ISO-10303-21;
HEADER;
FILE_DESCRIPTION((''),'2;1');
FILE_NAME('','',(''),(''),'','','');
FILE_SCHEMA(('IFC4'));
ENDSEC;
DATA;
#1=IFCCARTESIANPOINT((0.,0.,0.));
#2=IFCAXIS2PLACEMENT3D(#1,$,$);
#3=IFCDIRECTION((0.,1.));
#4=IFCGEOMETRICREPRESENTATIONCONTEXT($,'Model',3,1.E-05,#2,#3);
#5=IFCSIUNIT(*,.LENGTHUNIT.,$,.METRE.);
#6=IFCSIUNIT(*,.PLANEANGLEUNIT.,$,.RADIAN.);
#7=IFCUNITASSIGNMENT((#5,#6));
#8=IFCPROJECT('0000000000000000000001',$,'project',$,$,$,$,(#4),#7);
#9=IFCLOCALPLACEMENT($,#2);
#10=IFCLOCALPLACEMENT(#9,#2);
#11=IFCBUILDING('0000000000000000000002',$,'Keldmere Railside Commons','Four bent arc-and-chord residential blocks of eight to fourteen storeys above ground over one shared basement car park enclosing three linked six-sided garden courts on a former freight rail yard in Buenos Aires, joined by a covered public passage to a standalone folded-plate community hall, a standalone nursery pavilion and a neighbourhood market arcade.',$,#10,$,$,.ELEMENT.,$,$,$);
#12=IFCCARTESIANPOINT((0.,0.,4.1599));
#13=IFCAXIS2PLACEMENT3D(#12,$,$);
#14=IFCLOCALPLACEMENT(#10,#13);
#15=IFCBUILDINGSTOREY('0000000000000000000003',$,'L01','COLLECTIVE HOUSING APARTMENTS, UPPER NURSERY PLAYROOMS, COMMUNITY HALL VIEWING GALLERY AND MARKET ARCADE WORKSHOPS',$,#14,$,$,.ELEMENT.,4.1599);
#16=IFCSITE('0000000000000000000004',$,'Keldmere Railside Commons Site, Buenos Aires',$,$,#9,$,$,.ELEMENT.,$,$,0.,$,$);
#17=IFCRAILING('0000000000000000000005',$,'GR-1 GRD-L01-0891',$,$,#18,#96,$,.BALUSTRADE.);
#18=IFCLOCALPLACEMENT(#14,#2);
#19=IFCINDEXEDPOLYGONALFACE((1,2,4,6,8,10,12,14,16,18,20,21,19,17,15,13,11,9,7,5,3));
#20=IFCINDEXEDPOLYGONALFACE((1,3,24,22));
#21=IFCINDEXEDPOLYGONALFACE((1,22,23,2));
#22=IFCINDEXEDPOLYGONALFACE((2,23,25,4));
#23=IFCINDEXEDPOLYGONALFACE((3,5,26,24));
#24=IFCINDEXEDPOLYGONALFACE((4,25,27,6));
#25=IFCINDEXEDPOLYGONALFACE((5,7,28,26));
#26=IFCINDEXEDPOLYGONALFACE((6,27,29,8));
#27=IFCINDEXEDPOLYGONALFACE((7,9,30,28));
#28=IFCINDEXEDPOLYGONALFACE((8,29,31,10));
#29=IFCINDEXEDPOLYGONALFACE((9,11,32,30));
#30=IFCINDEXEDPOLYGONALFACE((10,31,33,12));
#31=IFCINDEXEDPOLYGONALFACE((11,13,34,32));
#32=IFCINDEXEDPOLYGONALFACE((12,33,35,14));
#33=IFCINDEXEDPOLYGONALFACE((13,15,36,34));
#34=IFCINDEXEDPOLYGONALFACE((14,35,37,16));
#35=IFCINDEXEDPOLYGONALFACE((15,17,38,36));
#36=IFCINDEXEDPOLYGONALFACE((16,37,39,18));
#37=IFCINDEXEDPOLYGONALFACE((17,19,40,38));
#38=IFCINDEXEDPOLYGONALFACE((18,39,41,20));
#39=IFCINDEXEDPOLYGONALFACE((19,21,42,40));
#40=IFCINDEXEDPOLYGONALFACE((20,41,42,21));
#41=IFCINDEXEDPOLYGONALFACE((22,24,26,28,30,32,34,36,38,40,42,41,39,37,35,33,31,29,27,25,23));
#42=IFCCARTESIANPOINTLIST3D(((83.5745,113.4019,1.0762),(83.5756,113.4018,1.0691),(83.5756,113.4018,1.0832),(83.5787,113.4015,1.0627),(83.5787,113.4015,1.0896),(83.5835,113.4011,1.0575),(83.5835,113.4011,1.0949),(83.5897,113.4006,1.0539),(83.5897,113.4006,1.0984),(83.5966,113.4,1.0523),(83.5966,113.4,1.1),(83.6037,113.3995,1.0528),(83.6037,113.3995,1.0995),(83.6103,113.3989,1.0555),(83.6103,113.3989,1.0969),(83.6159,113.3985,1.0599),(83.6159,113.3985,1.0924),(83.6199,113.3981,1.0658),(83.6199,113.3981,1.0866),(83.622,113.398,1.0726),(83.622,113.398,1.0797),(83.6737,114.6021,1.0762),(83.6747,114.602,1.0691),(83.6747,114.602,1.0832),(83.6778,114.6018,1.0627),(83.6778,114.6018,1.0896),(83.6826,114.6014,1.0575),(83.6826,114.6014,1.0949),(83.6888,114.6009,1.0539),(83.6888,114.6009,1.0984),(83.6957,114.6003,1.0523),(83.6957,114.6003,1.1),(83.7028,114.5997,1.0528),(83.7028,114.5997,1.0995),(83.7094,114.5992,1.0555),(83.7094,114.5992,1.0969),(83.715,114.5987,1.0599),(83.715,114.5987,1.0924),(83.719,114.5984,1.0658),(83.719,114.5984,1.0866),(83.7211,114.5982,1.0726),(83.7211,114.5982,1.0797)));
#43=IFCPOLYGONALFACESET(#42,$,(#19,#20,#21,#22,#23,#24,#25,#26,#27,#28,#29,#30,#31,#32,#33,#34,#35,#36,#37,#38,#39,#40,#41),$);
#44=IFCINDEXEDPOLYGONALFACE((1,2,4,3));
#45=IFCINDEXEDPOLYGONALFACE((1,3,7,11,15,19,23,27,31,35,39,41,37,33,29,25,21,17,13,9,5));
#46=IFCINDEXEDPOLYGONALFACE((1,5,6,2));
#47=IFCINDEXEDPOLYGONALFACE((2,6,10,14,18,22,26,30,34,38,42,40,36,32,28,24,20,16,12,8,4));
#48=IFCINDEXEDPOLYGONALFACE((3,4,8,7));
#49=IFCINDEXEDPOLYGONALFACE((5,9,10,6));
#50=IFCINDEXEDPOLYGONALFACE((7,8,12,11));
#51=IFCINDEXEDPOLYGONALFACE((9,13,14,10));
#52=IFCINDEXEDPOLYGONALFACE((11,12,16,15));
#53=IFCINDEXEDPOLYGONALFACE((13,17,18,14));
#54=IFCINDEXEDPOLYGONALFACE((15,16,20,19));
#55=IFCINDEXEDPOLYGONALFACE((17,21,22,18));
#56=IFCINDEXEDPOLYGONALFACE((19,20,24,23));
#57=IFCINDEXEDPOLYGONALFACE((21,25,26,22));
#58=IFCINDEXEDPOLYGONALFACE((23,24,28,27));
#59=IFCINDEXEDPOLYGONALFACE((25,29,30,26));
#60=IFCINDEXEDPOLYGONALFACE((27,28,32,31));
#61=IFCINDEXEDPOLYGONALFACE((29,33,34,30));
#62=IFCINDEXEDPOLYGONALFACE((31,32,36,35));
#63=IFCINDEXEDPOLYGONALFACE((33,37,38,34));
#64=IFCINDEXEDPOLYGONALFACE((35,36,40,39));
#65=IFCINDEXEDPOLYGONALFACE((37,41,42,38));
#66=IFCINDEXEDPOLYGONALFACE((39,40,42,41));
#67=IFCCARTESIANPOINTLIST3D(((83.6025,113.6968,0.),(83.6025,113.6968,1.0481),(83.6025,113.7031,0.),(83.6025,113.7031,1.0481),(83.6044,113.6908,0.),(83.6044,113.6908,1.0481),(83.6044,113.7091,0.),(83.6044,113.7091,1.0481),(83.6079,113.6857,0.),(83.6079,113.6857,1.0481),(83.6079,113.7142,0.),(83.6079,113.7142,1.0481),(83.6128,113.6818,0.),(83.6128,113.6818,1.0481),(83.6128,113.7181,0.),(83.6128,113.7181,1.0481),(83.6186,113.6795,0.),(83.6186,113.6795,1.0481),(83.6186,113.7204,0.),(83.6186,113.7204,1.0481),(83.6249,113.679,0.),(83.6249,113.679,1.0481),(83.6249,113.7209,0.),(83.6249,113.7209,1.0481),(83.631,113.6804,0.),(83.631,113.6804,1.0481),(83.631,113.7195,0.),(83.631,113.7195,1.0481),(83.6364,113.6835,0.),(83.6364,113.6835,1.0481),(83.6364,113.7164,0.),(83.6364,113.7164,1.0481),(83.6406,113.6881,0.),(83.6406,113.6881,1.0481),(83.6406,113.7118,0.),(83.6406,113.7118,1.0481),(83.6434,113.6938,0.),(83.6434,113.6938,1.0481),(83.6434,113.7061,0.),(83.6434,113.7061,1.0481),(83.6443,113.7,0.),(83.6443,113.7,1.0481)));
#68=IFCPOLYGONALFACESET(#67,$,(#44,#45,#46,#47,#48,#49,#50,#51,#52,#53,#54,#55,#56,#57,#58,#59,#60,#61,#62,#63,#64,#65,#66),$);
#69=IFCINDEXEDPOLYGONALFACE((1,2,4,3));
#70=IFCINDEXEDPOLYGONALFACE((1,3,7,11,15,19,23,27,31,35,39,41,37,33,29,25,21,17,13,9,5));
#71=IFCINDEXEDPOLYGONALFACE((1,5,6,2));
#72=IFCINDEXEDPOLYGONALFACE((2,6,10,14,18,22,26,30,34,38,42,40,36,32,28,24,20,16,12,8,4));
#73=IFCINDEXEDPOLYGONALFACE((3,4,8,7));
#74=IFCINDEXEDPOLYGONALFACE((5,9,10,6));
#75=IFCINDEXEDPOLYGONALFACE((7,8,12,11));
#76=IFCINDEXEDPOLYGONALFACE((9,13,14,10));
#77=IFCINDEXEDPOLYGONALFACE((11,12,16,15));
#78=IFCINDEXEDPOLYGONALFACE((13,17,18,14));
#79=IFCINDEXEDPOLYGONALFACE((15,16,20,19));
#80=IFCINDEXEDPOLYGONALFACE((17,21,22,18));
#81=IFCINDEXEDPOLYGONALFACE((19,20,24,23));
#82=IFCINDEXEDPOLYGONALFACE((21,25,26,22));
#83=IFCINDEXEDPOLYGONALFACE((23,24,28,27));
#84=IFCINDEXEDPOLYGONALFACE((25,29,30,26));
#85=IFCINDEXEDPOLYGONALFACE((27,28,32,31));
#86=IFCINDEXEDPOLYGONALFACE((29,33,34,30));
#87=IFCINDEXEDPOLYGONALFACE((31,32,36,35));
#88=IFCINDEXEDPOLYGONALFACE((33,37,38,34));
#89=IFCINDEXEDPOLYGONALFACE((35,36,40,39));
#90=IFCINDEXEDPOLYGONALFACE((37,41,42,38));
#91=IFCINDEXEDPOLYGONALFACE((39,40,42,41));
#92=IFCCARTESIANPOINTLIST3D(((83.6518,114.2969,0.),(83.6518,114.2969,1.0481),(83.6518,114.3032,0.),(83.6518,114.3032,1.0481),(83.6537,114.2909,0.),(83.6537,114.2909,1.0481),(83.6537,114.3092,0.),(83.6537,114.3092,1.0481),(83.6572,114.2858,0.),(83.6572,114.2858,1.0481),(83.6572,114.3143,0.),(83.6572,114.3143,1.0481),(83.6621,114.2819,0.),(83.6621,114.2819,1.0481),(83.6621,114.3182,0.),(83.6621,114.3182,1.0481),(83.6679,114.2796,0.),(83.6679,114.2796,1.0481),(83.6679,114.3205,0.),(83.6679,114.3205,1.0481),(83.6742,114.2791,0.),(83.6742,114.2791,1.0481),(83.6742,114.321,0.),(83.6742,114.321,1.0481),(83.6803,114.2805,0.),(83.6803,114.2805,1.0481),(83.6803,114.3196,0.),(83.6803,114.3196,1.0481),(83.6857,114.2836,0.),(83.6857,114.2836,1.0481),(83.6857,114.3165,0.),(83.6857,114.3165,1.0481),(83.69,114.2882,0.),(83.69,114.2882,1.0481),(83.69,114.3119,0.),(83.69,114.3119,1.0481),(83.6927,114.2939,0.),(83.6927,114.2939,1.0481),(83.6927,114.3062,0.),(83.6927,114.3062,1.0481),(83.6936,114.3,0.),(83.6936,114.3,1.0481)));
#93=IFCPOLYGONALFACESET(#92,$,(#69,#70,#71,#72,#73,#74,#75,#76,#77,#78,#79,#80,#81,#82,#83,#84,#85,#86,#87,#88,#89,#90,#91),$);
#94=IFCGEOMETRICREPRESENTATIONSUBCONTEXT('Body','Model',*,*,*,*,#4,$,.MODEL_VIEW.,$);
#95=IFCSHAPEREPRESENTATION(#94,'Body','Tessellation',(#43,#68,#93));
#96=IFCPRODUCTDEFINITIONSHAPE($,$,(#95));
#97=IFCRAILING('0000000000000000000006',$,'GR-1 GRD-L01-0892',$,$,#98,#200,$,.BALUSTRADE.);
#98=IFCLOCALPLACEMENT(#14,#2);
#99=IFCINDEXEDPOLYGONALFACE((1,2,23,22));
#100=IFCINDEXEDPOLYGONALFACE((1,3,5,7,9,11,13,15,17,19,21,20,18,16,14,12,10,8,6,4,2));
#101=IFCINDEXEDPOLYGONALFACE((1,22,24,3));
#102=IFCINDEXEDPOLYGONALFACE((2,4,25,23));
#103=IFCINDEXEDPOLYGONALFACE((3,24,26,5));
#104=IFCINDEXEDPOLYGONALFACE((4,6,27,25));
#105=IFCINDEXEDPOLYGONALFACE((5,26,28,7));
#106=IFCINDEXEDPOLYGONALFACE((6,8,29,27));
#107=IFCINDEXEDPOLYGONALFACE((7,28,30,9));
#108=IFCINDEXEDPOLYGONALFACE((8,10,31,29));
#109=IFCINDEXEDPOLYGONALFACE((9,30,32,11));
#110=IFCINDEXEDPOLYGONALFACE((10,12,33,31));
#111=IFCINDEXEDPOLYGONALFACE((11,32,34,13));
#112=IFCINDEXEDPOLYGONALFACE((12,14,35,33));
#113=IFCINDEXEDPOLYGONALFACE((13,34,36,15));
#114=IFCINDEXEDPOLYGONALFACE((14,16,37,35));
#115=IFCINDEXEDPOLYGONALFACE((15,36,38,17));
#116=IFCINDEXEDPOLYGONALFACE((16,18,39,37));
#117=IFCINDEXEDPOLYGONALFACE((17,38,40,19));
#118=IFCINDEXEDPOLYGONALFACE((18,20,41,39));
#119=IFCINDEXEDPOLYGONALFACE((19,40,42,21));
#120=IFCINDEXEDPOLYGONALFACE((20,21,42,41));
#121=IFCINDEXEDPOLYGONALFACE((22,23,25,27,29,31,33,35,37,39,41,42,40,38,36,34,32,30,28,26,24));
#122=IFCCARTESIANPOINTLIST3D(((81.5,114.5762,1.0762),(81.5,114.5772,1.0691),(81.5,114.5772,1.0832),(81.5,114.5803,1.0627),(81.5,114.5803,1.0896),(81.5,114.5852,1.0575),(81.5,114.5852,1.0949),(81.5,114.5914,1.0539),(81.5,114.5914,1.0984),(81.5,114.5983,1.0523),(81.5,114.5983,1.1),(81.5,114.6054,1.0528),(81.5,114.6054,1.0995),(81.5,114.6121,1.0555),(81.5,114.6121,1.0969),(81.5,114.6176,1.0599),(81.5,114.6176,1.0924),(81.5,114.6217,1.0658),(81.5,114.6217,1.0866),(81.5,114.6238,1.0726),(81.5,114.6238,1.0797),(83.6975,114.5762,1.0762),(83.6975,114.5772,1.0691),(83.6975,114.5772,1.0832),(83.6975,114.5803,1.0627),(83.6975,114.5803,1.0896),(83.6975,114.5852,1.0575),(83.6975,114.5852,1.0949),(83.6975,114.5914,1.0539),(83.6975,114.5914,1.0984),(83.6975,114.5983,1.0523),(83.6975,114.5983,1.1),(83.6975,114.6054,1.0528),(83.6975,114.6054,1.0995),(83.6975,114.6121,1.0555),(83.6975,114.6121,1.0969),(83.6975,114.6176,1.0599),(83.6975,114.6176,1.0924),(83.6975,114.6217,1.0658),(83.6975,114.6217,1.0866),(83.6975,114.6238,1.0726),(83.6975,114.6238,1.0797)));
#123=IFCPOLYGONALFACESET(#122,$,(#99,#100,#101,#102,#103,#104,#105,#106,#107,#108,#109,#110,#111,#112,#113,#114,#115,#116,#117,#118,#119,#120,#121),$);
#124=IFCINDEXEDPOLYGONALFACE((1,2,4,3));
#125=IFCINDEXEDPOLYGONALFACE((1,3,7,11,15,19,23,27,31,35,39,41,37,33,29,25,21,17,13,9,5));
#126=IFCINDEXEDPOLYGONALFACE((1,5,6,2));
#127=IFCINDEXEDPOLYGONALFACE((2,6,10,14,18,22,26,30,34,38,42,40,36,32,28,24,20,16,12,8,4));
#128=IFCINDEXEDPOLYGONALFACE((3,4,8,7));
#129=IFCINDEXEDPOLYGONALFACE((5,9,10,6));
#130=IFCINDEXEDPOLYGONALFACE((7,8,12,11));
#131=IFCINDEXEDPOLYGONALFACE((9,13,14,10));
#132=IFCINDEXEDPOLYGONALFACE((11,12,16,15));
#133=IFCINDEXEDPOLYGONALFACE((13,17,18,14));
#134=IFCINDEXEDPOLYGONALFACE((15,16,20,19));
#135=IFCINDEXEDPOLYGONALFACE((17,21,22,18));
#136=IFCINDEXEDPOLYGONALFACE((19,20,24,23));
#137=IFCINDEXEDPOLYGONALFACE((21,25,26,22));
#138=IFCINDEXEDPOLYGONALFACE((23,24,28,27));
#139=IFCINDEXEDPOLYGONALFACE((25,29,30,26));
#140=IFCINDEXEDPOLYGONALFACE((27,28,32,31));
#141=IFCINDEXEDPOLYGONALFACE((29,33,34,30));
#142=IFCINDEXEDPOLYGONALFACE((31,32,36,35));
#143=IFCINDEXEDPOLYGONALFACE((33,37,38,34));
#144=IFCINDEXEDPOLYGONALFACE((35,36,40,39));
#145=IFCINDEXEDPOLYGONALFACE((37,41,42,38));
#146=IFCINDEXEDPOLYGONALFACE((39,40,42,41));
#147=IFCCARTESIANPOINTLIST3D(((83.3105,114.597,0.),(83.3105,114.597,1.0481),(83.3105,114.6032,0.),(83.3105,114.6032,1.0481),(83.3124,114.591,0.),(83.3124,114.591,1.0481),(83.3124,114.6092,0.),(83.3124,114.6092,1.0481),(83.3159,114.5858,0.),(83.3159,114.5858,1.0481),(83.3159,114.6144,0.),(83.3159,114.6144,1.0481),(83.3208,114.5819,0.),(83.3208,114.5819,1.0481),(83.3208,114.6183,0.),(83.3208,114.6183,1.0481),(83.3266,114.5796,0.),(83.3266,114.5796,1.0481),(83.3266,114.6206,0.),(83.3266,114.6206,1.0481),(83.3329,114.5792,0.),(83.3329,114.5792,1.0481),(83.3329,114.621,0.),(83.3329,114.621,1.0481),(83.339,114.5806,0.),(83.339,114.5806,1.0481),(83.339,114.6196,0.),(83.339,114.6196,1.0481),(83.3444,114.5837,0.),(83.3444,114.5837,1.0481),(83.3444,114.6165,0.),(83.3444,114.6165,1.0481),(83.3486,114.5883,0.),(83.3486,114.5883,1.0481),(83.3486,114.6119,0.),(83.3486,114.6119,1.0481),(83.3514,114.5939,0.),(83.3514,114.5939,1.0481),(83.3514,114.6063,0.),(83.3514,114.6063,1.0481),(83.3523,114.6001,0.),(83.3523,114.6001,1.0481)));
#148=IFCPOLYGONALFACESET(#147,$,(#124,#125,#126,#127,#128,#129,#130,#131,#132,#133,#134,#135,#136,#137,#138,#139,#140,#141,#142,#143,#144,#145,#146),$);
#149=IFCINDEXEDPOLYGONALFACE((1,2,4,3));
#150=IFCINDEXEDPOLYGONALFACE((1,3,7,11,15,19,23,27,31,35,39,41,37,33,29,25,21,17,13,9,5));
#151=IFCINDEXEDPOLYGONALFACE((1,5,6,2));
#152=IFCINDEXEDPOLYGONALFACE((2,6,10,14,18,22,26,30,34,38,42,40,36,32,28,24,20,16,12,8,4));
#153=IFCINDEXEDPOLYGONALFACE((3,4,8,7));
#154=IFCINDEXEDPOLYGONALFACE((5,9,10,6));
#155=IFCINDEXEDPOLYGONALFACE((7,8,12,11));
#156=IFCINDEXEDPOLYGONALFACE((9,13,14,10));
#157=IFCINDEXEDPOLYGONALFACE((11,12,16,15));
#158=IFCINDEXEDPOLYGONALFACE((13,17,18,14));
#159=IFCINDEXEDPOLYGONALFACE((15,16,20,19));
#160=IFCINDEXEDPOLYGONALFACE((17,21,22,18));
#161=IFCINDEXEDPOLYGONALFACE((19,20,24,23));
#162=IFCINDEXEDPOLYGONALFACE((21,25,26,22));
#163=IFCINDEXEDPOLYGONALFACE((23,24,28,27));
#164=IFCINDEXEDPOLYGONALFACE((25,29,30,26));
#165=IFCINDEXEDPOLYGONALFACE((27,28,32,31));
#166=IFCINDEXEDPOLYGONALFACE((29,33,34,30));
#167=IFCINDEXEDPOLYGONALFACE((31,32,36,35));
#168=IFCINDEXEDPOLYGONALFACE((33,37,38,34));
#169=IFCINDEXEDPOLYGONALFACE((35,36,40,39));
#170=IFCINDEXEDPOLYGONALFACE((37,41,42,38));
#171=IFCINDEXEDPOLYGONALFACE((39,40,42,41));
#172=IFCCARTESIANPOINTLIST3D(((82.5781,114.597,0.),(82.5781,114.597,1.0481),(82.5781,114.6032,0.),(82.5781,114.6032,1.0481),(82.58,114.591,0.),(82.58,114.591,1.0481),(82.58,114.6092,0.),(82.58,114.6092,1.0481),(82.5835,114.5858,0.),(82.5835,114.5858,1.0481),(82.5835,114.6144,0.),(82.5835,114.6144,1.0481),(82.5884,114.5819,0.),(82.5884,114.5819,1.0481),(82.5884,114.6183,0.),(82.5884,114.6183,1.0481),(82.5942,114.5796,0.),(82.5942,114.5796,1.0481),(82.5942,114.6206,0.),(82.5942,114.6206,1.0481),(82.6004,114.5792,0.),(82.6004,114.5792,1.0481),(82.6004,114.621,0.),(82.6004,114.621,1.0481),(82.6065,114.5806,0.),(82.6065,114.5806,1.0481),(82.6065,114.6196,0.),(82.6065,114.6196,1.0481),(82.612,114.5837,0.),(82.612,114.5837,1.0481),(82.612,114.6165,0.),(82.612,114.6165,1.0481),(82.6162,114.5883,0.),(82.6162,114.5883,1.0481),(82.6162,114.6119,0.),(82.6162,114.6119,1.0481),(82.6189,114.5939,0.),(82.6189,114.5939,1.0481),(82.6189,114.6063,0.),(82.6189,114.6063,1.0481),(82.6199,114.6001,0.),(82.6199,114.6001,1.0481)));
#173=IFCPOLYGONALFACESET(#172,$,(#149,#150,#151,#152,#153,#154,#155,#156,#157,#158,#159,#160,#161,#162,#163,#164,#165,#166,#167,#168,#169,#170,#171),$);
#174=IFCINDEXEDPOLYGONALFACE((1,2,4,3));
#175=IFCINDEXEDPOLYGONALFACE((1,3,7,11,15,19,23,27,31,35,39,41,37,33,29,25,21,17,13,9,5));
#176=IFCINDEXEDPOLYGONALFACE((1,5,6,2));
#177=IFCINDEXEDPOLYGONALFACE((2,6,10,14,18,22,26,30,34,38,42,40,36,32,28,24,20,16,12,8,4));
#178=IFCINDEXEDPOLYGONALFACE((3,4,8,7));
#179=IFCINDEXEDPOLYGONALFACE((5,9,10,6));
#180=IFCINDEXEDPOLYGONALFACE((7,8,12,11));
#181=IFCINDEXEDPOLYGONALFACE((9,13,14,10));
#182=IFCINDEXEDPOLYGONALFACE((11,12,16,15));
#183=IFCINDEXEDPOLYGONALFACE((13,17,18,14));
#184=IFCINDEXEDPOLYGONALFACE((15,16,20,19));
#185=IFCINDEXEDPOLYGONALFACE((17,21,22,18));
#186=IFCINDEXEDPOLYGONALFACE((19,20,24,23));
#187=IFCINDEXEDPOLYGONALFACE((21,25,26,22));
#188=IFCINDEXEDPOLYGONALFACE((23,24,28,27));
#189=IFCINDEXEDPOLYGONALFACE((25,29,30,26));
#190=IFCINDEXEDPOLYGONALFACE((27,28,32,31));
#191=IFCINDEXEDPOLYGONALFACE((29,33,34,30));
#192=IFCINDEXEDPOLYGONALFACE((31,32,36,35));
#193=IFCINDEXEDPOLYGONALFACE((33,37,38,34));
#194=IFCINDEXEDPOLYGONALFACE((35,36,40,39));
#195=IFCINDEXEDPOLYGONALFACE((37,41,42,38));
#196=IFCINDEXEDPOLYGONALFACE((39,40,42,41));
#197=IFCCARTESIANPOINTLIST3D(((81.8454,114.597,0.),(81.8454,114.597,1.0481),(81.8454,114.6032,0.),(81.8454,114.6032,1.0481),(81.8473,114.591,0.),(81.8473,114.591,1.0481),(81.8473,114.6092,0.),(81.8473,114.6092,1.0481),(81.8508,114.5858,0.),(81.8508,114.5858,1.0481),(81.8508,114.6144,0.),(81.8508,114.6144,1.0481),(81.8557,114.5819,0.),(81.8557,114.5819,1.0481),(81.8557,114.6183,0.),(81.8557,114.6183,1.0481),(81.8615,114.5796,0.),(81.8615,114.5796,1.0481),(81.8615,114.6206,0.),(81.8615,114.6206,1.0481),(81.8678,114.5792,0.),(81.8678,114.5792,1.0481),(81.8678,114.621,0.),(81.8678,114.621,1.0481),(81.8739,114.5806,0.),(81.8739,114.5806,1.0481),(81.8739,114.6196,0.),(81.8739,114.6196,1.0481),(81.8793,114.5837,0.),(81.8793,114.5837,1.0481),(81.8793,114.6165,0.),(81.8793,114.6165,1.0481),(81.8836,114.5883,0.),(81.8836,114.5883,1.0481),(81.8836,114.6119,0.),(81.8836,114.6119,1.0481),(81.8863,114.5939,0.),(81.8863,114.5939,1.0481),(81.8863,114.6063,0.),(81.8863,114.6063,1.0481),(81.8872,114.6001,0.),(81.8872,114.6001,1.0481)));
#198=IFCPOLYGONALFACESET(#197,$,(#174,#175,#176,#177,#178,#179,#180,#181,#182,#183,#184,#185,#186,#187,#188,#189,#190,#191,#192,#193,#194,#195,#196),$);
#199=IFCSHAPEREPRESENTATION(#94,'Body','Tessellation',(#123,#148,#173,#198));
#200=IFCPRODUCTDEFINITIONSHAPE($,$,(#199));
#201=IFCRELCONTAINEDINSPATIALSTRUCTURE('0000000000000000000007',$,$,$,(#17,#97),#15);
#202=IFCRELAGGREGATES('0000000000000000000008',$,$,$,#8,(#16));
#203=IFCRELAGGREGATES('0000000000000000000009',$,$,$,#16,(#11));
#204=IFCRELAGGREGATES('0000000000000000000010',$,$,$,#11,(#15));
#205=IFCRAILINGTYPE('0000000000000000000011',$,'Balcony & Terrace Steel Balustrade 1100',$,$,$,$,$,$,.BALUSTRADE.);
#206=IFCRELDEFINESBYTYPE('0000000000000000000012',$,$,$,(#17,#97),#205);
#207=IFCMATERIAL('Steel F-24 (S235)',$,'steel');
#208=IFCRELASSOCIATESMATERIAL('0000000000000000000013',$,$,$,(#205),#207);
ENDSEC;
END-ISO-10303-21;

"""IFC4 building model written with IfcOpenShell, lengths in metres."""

from ifc_helpers import new_model, si_unit, direction, frame, origin, origin_2d, place, context, subcontext, project, spatial, circle, extrude, material, type_object, element, save


model = new_model("IFC4")

# Units and contexts
model_context = context("Model", 3, precision=1e-05, world=origin(), true_north=direction((0.0, 1.0)))
body_context = subcontext(model_context, "Body", "Model", "MODEL_VIEW")
ifc_project = project(units=[si_unit("LENGTHUNIT", "METRE"), si_unit("PLANEANGLEUNIT", "RADIAN")], contexts=[model_context])

# Site, building, storey
site_placement = place(None, origin())
site = spatial("IfcSite", under=ifc_project, at=site_placement, Name="Keldmere Railside Commons Site, Buenos Aires", CompositionType="ELEMENT", RefElevation=0.0)
building_placement = place(site_placement, origin())
building = spatial("IfcBuilding", under=site, at=building_placement, Name="Keldmere Railside Commons", Description="Four bent arc-and-chord residential blocks of eight to fourteen storeys above ground over one shared basement car park enclosing three linked six-sided garden courts on a former freight rail yard in Buenos Aires, joined by a covered public passage to a standalone folded-plate community hall, a standalone nursery pavilion and a neighbourhood market arcade.", CompositionType="ELEMENT")
storey_placement = place(building_placement, frame((0.0, 0.0, 4.1599)))
storey = spatial("IfcBuildingStorey", under=building, at=storey_placement, Name="L01", Description="COLLECTIVE HOUSING APARTMENTS, UPPER NURSERY PLAYROOMS, COMMUNITY HALL VIEWING GALLERY AND MARKET ARCADE WORKSHOPS", CompositionType="ELEMENT", Elevation=4.1599)

# Shared definitions
ifc_material_1 = material(Name="Steel F-24 (S235)", Category="steel")

# Railings
railing_type = type_object("IfcRailingType", Name="Balcony & Terrace Steel Balustrade 1100", PredefinedType="BALUSTRADE", material=ifc_material_1)
railing_1_placement = place(storey_placement, frame((83.5984, 113.3999, 0.0)))
element("IfcRailing", 1, at=railing_1_placement, inside=storey, type_object=railing_type, Name="GR-1 GRD-L01-0891", PredefinedType="BALUSTRADE", context=body_context, shape_type="SweptSolid", body=[
    extrude(circle(Radius=0.0239, at=origin_2d()), frame((0.0, 0.0, 1.0762), z_axis=(0.082307, 0.996607, 0.0), x_axis=(-0.996607, 0.082307, 0.0)), (0.0, 0.0, 1.0), 1.2043),
    extrude(circle(Radius=0.021, at=origin_2d()), frame((0.0249, 0.3, 0.0)), (0.0, 0.0, 1.0), 1.0481),
    extrude(circle(Radius=0.021, at=origin_2d()), frame((0.0742, 0.9001, 0.0)), (0.0, 0.0, 1.0), 1.0481),
])
railing_2_placement = place(storey_placement, frame((83.6975, 114.6001, 0.0)))
element("IfcRailing", 2, at=railing_2_placement, inside=storey, type_object=railing_type, Name="GR-1 GRD-L01-0892", PredefinedType="BALUSTRADE", context=body_context, shape_type="SweptSolid", body=[
    extrude(circle(Radius=0.0239, at=origin_2d()), frame((0.0, 0.0, 1.0762), z_axis=(-1.0, 0.0, 0.0), x_axis=(0.0, -1.0, 0.0)), (0.0, 0.0, 1.0), 2.1975),
    extrude(circle(Radius=0.021, at=origin_2d()), frame((-0.3662, 0.0, 0.0)), (0.0, 0.0, 1.0), 1.0481),
    extrude(circle(Radius=0.021, at=origin_2d()), frame((-1.0986, 0.0, 0.0)), (0.0, 0.0, 1.0), 1.0481),
    extrude(circle(Radius=0.021, at=origin_2d()), frame((-1.8313, 0.0, 0.0)), (0.0, 0.0, 1.0), 1.0481),
])

save(model, "model.ifc")
